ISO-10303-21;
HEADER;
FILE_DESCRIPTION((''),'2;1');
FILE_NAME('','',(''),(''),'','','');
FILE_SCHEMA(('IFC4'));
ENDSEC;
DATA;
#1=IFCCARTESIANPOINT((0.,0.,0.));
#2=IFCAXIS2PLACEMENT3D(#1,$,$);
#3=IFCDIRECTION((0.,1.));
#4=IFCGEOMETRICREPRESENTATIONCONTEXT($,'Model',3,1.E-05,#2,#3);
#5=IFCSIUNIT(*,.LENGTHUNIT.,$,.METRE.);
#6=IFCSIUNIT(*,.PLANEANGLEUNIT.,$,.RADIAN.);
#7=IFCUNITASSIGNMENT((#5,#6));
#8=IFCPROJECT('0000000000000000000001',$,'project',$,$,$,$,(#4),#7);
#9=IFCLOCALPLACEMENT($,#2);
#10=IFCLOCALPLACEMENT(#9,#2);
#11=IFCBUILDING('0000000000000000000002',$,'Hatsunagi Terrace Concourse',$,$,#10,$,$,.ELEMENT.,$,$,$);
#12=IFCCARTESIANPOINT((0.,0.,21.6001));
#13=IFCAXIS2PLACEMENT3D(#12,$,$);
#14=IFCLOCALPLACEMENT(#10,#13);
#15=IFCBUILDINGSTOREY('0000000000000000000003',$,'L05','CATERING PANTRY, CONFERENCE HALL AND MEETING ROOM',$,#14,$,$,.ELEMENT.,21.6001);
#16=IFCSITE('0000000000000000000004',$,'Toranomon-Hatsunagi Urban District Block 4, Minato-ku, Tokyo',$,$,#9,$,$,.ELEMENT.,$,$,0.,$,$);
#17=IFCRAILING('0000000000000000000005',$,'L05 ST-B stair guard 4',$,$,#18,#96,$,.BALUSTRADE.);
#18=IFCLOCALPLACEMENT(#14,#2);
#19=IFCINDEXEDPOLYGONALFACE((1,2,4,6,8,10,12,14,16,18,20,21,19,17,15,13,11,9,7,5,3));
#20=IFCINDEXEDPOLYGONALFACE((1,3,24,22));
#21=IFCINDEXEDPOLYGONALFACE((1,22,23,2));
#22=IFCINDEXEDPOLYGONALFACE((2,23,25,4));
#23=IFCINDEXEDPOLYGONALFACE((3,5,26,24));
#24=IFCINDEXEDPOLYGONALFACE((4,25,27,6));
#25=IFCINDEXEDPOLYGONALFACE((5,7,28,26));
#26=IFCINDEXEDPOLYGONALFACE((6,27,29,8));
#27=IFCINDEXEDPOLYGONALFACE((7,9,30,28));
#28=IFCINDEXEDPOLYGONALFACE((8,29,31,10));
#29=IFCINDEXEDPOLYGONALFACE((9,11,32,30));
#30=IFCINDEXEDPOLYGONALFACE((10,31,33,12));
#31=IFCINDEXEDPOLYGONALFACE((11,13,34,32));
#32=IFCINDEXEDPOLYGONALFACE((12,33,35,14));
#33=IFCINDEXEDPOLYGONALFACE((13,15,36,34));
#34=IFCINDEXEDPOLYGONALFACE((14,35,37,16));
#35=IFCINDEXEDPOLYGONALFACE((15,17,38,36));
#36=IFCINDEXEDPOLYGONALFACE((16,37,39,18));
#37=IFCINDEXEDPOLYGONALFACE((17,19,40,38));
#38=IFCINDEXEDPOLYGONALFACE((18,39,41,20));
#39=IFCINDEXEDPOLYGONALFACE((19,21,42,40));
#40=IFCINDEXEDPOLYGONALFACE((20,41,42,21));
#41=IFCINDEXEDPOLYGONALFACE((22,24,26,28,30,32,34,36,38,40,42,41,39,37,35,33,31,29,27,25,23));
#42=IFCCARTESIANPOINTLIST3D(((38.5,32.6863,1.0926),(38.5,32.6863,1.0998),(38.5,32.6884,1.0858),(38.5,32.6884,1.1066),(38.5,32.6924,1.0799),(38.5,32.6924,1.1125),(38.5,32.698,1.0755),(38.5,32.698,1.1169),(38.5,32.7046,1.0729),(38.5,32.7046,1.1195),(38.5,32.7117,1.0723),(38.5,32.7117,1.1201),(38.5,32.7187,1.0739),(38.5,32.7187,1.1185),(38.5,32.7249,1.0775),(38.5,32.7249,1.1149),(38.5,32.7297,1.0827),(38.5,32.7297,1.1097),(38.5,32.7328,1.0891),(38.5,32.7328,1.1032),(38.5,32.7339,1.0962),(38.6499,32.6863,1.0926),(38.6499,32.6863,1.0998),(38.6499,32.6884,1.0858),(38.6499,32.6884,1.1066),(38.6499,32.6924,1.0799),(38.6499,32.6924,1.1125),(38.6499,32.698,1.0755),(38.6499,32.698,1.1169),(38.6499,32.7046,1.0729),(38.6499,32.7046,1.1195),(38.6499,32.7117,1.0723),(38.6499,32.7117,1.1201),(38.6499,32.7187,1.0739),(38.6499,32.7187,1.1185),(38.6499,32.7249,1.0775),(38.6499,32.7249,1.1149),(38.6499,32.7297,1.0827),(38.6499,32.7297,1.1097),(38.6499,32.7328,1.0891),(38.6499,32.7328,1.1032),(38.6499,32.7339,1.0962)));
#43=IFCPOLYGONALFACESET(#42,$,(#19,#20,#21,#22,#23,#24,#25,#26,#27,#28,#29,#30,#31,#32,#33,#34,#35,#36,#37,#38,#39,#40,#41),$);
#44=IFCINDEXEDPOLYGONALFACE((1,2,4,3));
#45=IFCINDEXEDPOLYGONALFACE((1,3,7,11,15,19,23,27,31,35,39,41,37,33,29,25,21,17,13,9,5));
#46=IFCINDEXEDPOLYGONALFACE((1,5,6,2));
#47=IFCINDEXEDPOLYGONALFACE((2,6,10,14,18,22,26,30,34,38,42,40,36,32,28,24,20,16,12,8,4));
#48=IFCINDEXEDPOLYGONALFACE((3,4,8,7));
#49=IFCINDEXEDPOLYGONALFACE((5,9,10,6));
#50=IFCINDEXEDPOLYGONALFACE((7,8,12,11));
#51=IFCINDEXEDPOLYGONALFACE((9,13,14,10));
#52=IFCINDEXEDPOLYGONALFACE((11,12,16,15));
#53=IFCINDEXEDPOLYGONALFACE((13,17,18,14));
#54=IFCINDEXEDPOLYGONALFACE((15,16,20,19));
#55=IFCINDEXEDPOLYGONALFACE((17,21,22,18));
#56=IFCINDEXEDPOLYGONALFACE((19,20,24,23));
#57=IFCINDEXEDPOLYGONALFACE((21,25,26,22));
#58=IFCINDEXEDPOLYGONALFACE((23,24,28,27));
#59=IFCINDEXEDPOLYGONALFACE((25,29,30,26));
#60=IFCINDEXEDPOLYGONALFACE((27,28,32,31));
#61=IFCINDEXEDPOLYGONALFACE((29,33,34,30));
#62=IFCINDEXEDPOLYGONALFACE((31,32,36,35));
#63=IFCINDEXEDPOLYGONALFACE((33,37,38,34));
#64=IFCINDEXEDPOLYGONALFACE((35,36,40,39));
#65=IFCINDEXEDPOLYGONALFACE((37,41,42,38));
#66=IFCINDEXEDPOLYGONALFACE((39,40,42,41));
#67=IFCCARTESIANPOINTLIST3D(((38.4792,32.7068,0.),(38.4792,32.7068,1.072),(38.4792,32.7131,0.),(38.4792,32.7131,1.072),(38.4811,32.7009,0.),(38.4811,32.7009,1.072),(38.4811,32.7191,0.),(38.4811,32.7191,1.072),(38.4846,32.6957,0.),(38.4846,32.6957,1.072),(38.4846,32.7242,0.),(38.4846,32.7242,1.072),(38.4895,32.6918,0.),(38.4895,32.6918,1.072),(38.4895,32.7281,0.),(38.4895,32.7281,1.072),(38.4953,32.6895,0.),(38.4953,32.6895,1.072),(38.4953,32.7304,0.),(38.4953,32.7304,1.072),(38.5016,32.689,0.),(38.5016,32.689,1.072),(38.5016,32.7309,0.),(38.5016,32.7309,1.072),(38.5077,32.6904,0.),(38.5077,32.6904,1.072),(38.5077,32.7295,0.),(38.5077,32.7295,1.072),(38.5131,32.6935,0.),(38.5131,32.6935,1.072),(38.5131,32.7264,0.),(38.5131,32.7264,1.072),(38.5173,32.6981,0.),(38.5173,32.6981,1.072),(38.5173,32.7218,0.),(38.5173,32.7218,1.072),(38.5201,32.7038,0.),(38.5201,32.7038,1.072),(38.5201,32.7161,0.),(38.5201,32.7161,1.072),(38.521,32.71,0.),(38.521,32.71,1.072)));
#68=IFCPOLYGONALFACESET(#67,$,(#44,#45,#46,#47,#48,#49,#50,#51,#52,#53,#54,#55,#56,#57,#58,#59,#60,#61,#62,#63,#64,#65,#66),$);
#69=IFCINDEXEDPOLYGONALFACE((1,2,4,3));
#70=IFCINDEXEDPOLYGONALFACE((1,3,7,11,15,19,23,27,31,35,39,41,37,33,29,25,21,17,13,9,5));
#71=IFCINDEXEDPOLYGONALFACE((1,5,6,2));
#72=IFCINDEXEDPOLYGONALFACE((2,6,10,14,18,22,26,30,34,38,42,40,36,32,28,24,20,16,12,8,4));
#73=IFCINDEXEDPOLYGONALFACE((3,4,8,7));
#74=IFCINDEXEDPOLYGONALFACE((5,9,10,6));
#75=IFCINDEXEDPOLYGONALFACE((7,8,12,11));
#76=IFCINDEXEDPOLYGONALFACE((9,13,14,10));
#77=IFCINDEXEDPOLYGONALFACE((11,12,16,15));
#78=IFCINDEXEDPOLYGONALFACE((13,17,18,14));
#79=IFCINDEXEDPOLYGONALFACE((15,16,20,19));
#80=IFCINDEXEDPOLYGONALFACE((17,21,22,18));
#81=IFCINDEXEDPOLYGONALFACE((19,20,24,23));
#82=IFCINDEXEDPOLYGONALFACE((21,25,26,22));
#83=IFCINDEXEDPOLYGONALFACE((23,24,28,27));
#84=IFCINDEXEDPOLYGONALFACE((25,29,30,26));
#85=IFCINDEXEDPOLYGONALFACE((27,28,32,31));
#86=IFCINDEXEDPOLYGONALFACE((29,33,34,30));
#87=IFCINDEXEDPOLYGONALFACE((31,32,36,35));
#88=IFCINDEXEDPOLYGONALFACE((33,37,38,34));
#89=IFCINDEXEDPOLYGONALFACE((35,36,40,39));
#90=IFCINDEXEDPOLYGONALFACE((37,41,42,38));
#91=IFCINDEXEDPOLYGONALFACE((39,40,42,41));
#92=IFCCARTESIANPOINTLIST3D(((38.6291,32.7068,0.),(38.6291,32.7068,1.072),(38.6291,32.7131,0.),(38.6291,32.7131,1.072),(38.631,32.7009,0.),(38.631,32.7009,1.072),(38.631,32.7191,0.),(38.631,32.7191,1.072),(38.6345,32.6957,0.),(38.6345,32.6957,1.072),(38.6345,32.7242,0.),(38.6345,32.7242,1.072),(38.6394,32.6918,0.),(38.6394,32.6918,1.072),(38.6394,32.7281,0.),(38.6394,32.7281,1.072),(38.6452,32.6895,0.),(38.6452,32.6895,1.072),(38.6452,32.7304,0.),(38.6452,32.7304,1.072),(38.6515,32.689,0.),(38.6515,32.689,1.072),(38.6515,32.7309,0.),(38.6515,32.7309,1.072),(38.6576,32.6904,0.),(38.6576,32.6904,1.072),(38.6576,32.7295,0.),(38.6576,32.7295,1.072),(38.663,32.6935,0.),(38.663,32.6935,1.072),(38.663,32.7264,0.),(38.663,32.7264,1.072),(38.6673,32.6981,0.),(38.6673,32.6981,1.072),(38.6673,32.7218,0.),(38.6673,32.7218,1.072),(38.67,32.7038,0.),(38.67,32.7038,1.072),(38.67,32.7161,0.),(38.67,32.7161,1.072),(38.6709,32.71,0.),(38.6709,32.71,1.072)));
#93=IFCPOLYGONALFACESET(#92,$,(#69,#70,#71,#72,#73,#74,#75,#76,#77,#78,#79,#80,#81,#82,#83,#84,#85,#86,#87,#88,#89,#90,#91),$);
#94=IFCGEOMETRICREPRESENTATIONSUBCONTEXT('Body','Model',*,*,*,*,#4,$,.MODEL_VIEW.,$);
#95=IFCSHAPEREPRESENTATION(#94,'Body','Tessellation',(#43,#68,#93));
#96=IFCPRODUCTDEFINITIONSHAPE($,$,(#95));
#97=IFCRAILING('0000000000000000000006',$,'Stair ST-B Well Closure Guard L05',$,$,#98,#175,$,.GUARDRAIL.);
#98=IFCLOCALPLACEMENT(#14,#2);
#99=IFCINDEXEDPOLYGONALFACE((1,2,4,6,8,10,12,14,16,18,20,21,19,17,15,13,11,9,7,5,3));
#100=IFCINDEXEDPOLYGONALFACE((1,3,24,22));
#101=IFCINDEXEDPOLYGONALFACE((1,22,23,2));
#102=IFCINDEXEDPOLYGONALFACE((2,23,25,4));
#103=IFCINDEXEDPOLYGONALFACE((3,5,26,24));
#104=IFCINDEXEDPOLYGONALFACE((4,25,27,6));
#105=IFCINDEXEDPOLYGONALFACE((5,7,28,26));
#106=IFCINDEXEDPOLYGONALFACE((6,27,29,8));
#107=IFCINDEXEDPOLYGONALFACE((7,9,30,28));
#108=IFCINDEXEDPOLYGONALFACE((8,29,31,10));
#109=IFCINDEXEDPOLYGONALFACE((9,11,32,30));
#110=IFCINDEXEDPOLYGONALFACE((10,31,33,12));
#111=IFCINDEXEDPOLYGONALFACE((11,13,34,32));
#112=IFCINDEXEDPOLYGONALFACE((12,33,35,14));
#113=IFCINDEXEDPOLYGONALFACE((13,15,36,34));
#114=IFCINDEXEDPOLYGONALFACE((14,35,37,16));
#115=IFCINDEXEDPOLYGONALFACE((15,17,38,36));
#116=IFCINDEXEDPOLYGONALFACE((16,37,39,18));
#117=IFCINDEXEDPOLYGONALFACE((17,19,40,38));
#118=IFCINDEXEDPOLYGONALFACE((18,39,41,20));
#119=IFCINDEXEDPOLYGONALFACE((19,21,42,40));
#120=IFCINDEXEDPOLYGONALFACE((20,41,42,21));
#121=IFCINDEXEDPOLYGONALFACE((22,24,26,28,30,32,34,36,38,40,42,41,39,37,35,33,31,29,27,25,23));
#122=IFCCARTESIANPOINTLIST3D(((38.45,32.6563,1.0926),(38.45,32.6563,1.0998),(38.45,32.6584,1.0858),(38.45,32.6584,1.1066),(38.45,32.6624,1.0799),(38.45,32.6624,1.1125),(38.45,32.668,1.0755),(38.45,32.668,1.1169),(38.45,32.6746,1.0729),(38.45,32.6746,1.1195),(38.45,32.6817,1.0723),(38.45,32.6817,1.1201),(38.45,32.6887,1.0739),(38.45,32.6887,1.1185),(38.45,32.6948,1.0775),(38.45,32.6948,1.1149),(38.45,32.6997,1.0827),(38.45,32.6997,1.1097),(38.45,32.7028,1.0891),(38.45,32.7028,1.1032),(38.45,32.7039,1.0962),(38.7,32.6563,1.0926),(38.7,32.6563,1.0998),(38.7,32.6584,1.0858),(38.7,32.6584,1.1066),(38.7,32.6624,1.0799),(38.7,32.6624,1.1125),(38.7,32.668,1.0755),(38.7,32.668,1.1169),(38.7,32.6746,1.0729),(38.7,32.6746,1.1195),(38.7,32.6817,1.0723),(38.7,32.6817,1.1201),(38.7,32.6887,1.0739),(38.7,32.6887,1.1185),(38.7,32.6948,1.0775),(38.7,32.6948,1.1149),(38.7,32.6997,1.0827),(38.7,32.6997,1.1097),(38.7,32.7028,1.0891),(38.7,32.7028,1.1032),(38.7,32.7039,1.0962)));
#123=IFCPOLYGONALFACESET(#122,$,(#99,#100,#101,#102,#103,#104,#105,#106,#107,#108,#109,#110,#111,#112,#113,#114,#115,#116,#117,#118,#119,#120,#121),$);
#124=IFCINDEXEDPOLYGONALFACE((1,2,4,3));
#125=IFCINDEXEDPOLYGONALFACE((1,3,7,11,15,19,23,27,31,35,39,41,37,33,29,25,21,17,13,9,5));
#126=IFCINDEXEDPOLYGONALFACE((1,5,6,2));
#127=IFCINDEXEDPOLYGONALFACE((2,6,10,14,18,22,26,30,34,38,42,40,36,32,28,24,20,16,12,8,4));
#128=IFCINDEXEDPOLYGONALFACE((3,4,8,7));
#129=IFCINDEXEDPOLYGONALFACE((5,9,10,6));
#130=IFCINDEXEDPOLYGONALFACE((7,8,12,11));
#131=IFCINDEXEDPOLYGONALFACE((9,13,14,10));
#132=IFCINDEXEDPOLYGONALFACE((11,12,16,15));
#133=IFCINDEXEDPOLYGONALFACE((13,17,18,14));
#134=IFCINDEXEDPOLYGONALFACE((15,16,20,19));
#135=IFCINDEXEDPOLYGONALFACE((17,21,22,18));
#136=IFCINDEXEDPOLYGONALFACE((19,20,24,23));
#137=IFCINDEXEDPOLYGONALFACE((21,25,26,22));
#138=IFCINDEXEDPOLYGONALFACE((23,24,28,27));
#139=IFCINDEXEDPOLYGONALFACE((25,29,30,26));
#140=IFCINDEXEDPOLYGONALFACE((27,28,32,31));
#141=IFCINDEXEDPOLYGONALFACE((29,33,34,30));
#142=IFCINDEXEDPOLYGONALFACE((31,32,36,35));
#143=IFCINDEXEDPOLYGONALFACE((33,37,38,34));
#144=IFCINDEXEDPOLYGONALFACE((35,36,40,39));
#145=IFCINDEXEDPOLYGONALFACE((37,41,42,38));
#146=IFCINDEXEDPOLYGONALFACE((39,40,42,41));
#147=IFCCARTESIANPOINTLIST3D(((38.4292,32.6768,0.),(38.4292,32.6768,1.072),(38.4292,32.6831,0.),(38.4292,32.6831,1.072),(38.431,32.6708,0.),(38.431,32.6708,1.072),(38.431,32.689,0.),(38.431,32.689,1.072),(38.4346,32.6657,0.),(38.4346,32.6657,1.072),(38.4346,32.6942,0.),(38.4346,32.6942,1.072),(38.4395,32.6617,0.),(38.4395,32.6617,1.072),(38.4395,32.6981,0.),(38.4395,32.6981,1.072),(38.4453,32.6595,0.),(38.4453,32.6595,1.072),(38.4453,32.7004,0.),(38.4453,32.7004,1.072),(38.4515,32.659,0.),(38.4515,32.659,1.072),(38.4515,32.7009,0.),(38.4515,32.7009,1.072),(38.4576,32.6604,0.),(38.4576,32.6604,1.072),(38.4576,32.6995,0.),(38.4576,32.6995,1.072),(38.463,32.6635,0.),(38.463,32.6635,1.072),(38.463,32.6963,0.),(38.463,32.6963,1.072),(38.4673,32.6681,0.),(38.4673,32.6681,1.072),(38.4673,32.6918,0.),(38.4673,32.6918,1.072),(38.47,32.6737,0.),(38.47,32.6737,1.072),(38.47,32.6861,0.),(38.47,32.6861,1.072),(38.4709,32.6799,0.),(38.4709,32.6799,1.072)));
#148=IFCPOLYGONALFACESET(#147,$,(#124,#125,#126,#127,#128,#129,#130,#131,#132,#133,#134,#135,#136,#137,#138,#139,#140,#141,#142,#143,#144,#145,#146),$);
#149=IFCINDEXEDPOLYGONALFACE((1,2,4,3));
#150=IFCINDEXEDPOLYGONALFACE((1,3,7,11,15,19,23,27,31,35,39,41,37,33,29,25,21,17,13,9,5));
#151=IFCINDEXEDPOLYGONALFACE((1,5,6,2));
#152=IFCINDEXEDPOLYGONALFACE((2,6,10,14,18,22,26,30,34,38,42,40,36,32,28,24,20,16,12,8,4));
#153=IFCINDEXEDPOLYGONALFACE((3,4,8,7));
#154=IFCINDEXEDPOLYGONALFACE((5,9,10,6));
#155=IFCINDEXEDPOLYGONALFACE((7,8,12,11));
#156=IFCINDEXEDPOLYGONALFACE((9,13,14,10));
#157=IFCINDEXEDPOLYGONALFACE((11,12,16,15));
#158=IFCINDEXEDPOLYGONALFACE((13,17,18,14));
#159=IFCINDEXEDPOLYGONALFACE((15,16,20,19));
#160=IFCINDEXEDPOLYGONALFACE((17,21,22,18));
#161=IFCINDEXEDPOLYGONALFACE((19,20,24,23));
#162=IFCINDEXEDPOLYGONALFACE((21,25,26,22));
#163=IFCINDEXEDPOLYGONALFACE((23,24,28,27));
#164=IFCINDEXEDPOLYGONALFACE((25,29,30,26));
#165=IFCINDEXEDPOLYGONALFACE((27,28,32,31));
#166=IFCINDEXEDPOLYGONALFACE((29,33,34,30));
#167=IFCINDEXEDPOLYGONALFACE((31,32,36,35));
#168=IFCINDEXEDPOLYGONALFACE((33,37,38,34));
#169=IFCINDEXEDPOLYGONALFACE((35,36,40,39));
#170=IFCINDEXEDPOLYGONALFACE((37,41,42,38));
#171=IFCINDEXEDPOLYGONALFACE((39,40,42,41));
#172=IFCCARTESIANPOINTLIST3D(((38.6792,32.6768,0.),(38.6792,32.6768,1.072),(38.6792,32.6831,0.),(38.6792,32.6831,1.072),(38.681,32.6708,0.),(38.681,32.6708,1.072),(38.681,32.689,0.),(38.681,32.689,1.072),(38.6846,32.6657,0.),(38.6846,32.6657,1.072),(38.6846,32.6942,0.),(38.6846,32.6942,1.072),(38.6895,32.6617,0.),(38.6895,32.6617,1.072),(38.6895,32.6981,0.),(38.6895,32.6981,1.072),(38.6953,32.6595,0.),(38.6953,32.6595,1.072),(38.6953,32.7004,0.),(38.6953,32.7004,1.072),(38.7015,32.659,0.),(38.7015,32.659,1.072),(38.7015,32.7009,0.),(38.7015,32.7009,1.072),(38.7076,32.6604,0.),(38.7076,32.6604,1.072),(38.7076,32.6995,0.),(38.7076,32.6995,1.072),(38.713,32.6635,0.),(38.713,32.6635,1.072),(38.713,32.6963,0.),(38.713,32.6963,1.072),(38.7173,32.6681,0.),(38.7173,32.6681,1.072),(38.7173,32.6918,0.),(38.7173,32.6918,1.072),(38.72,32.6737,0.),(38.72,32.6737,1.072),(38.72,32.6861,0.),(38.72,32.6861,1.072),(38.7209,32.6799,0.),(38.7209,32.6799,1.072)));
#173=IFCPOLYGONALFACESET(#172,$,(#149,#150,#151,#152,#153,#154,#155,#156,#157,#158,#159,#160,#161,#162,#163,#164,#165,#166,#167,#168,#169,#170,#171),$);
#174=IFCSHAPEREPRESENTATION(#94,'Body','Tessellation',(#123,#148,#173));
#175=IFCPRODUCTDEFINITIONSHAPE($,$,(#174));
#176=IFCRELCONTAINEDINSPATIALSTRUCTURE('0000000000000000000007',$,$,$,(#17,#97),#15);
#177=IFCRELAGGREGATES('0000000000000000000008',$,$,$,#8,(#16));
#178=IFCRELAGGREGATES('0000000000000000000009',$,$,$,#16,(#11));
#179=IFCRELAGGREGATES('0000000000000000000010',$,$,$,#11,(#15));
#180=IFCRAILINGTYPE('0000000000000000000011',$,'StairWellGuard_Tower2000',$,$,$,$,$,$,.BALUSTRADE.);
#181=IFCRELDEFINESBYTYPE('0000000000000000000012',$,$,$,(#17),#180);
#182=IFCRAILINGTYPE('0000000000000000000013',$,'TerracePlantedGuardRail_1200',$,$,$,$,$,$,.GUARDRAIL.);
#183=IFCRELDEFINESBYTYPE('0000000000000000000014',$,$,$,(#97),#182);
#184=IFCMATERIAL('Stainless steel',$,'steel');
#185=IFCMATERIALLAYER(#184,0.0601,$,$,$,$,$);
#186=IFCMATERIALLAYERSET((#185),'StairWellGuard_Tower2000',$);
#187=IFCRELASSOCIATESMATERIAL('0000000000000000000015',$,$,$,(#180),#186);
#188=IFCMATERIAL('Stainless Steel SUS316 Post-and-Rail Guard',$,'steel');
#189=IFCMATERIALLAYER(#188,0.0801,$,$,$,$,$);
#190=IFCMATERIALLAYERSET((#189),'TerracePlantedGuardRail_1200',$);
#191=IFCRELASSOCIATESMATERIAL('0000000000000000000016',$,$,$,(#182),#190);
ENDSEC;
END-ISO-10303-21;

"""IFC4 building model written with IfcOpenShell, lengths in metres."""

from ifc_helpers import new_model, si_unit, direction, frame, origin, origin_2d, place, context, subcontext, project, spatial, circle, extrude, material, layer, layer_set, type_object, element, save


model = new_model("IFC4")

# Units and contexts
model_context = context("Model", 3, precision=1e-05, world=origin(), true_north=direction((0.0, 1.0)))
body_context = subcontext(model_context, "Body", "Model", "MODEL_VIEW")
ifc_project = project(units=[si_unit("LENGTHUNIT", "METRE"), si_unit("PLANEANGLEUNIT", "RADIAN")], contexts=[model_context])

# Site, building, storey
site_placement = place(None, origin())
site = spatial("IfcSite", under=ifc_project, at=site_placement, Name="Toranomon-Hatsunagi Urban District Block 4, Minato-ku, Tokyo", CompositionType="ELEMENT", RefElevation=0.0)
building_placement = place(site_placement, origin())
building = spatial("IfcBuilding", under=site, at=building_placement, Name="Hatsunagi Terrace Concourse", CompositionType="ELEMENT")
storey_placement = place(building_placement, frame((0.0, 0.0, 21.6001)))
storey = spatial("IfcBuildingStorey", under=building, at=storey_placement, Name="L05", Description="CATERING PANTRY, CONFERENCE HALL AND MEETING ROOM", CompositionType="ELEMENT", Elevation=21.6001)

# Railings
ifc_material_1 = material(Name="Stainless steel", Category="steel")
ifc_layer_1 = layer(ifc_material_1, 0.0601)
ifc_layer_set_1 = layer_set([ifc_layer_1], Name="StairWellGuard_Tower2000")
railing_type_1 = type_object("IfcRailingType", Name="StairWellGuard_Tower2000", PredefinedType="BALUSTRADE", material=ifc_layer_set_1)
railing_1_placement = place(storey_placement, frame((38.5, 32.71, 0.0)))
element("IfcRailing", 1, at=railing_1_placement, inside=storey, type_object=railing_type_1, Name="L05 ST-B stair guard 4", PredefinedType="BALUSTRADE", context=body_context, shape_type="SweptSolid", body=[
    extrude(circle(Radius=0.0239, at=origin_2d()), frame((0.0, 0.0, 1.0962), z_axis=(1.0, 0.0, 0.0), x_axis=(0.0, 1.0, 0.0)), (0.0, 0.0, 1.0), 0.1499),
    extrude(circle(Radius=0.021, at=origin_2d()), origin(), (0.0, 0.0, 1.0), 1.072),
    extrude(circle(Radius=0.021, at=origin_2d()), frame((0.1499, 0.0, 0.0)), (0.0, 0.0, 1.0), 1.072),
])
ifc_material_2 = material(Name="Stainless Steel SUS316 Post-and-Rail Guard", Category="steel")
ifc_layer_2 = layer(ifc_material_2, 0.0801)
ifc_layer_set_2 = layer_set([ifc_layer_2], Name="TerracePlantedGuardRail_1200")
railing_type_2 = type_object("IfcRailingType", Name="TerracePlantedGuardRail_1200", PredefinedType="GUARDRAIL", material=ifc_layer_set_2)
railing_2_placement = place(storey_placement, frame((38.45, 32.6799, 0.0)))
element("IfcRailing", 2, at=railing_2_placement, inside=storey, type_object=railing_type_2, Name="Stair ST-B Well Closure Guard L05", PredefinedType="GUARDRAIL", context=body_context, shape_type="SweptSolid", body=[
    extrude(circle(Radius=0.0239, at=origin_2d()), frame((0.0, 0.0, 1.0962), z_axis=(1.0, 0.0, 0.0), x_axis=(0.0, 1.0, 0.0)), (0.0, 0.0, 1.0), 0.25),
    extrude(circle(Radius=0.021, at=origin_2d()), origin(), (0.0, 0.0, 1.0), 1.072),
    extrude(circle(Radius=0.021, at=origin_2d()), frame((0.25, 0.0, 0.0)), (0.0, 0.0, 1.0), 1.072),
])

save(model, "model.ifc")
